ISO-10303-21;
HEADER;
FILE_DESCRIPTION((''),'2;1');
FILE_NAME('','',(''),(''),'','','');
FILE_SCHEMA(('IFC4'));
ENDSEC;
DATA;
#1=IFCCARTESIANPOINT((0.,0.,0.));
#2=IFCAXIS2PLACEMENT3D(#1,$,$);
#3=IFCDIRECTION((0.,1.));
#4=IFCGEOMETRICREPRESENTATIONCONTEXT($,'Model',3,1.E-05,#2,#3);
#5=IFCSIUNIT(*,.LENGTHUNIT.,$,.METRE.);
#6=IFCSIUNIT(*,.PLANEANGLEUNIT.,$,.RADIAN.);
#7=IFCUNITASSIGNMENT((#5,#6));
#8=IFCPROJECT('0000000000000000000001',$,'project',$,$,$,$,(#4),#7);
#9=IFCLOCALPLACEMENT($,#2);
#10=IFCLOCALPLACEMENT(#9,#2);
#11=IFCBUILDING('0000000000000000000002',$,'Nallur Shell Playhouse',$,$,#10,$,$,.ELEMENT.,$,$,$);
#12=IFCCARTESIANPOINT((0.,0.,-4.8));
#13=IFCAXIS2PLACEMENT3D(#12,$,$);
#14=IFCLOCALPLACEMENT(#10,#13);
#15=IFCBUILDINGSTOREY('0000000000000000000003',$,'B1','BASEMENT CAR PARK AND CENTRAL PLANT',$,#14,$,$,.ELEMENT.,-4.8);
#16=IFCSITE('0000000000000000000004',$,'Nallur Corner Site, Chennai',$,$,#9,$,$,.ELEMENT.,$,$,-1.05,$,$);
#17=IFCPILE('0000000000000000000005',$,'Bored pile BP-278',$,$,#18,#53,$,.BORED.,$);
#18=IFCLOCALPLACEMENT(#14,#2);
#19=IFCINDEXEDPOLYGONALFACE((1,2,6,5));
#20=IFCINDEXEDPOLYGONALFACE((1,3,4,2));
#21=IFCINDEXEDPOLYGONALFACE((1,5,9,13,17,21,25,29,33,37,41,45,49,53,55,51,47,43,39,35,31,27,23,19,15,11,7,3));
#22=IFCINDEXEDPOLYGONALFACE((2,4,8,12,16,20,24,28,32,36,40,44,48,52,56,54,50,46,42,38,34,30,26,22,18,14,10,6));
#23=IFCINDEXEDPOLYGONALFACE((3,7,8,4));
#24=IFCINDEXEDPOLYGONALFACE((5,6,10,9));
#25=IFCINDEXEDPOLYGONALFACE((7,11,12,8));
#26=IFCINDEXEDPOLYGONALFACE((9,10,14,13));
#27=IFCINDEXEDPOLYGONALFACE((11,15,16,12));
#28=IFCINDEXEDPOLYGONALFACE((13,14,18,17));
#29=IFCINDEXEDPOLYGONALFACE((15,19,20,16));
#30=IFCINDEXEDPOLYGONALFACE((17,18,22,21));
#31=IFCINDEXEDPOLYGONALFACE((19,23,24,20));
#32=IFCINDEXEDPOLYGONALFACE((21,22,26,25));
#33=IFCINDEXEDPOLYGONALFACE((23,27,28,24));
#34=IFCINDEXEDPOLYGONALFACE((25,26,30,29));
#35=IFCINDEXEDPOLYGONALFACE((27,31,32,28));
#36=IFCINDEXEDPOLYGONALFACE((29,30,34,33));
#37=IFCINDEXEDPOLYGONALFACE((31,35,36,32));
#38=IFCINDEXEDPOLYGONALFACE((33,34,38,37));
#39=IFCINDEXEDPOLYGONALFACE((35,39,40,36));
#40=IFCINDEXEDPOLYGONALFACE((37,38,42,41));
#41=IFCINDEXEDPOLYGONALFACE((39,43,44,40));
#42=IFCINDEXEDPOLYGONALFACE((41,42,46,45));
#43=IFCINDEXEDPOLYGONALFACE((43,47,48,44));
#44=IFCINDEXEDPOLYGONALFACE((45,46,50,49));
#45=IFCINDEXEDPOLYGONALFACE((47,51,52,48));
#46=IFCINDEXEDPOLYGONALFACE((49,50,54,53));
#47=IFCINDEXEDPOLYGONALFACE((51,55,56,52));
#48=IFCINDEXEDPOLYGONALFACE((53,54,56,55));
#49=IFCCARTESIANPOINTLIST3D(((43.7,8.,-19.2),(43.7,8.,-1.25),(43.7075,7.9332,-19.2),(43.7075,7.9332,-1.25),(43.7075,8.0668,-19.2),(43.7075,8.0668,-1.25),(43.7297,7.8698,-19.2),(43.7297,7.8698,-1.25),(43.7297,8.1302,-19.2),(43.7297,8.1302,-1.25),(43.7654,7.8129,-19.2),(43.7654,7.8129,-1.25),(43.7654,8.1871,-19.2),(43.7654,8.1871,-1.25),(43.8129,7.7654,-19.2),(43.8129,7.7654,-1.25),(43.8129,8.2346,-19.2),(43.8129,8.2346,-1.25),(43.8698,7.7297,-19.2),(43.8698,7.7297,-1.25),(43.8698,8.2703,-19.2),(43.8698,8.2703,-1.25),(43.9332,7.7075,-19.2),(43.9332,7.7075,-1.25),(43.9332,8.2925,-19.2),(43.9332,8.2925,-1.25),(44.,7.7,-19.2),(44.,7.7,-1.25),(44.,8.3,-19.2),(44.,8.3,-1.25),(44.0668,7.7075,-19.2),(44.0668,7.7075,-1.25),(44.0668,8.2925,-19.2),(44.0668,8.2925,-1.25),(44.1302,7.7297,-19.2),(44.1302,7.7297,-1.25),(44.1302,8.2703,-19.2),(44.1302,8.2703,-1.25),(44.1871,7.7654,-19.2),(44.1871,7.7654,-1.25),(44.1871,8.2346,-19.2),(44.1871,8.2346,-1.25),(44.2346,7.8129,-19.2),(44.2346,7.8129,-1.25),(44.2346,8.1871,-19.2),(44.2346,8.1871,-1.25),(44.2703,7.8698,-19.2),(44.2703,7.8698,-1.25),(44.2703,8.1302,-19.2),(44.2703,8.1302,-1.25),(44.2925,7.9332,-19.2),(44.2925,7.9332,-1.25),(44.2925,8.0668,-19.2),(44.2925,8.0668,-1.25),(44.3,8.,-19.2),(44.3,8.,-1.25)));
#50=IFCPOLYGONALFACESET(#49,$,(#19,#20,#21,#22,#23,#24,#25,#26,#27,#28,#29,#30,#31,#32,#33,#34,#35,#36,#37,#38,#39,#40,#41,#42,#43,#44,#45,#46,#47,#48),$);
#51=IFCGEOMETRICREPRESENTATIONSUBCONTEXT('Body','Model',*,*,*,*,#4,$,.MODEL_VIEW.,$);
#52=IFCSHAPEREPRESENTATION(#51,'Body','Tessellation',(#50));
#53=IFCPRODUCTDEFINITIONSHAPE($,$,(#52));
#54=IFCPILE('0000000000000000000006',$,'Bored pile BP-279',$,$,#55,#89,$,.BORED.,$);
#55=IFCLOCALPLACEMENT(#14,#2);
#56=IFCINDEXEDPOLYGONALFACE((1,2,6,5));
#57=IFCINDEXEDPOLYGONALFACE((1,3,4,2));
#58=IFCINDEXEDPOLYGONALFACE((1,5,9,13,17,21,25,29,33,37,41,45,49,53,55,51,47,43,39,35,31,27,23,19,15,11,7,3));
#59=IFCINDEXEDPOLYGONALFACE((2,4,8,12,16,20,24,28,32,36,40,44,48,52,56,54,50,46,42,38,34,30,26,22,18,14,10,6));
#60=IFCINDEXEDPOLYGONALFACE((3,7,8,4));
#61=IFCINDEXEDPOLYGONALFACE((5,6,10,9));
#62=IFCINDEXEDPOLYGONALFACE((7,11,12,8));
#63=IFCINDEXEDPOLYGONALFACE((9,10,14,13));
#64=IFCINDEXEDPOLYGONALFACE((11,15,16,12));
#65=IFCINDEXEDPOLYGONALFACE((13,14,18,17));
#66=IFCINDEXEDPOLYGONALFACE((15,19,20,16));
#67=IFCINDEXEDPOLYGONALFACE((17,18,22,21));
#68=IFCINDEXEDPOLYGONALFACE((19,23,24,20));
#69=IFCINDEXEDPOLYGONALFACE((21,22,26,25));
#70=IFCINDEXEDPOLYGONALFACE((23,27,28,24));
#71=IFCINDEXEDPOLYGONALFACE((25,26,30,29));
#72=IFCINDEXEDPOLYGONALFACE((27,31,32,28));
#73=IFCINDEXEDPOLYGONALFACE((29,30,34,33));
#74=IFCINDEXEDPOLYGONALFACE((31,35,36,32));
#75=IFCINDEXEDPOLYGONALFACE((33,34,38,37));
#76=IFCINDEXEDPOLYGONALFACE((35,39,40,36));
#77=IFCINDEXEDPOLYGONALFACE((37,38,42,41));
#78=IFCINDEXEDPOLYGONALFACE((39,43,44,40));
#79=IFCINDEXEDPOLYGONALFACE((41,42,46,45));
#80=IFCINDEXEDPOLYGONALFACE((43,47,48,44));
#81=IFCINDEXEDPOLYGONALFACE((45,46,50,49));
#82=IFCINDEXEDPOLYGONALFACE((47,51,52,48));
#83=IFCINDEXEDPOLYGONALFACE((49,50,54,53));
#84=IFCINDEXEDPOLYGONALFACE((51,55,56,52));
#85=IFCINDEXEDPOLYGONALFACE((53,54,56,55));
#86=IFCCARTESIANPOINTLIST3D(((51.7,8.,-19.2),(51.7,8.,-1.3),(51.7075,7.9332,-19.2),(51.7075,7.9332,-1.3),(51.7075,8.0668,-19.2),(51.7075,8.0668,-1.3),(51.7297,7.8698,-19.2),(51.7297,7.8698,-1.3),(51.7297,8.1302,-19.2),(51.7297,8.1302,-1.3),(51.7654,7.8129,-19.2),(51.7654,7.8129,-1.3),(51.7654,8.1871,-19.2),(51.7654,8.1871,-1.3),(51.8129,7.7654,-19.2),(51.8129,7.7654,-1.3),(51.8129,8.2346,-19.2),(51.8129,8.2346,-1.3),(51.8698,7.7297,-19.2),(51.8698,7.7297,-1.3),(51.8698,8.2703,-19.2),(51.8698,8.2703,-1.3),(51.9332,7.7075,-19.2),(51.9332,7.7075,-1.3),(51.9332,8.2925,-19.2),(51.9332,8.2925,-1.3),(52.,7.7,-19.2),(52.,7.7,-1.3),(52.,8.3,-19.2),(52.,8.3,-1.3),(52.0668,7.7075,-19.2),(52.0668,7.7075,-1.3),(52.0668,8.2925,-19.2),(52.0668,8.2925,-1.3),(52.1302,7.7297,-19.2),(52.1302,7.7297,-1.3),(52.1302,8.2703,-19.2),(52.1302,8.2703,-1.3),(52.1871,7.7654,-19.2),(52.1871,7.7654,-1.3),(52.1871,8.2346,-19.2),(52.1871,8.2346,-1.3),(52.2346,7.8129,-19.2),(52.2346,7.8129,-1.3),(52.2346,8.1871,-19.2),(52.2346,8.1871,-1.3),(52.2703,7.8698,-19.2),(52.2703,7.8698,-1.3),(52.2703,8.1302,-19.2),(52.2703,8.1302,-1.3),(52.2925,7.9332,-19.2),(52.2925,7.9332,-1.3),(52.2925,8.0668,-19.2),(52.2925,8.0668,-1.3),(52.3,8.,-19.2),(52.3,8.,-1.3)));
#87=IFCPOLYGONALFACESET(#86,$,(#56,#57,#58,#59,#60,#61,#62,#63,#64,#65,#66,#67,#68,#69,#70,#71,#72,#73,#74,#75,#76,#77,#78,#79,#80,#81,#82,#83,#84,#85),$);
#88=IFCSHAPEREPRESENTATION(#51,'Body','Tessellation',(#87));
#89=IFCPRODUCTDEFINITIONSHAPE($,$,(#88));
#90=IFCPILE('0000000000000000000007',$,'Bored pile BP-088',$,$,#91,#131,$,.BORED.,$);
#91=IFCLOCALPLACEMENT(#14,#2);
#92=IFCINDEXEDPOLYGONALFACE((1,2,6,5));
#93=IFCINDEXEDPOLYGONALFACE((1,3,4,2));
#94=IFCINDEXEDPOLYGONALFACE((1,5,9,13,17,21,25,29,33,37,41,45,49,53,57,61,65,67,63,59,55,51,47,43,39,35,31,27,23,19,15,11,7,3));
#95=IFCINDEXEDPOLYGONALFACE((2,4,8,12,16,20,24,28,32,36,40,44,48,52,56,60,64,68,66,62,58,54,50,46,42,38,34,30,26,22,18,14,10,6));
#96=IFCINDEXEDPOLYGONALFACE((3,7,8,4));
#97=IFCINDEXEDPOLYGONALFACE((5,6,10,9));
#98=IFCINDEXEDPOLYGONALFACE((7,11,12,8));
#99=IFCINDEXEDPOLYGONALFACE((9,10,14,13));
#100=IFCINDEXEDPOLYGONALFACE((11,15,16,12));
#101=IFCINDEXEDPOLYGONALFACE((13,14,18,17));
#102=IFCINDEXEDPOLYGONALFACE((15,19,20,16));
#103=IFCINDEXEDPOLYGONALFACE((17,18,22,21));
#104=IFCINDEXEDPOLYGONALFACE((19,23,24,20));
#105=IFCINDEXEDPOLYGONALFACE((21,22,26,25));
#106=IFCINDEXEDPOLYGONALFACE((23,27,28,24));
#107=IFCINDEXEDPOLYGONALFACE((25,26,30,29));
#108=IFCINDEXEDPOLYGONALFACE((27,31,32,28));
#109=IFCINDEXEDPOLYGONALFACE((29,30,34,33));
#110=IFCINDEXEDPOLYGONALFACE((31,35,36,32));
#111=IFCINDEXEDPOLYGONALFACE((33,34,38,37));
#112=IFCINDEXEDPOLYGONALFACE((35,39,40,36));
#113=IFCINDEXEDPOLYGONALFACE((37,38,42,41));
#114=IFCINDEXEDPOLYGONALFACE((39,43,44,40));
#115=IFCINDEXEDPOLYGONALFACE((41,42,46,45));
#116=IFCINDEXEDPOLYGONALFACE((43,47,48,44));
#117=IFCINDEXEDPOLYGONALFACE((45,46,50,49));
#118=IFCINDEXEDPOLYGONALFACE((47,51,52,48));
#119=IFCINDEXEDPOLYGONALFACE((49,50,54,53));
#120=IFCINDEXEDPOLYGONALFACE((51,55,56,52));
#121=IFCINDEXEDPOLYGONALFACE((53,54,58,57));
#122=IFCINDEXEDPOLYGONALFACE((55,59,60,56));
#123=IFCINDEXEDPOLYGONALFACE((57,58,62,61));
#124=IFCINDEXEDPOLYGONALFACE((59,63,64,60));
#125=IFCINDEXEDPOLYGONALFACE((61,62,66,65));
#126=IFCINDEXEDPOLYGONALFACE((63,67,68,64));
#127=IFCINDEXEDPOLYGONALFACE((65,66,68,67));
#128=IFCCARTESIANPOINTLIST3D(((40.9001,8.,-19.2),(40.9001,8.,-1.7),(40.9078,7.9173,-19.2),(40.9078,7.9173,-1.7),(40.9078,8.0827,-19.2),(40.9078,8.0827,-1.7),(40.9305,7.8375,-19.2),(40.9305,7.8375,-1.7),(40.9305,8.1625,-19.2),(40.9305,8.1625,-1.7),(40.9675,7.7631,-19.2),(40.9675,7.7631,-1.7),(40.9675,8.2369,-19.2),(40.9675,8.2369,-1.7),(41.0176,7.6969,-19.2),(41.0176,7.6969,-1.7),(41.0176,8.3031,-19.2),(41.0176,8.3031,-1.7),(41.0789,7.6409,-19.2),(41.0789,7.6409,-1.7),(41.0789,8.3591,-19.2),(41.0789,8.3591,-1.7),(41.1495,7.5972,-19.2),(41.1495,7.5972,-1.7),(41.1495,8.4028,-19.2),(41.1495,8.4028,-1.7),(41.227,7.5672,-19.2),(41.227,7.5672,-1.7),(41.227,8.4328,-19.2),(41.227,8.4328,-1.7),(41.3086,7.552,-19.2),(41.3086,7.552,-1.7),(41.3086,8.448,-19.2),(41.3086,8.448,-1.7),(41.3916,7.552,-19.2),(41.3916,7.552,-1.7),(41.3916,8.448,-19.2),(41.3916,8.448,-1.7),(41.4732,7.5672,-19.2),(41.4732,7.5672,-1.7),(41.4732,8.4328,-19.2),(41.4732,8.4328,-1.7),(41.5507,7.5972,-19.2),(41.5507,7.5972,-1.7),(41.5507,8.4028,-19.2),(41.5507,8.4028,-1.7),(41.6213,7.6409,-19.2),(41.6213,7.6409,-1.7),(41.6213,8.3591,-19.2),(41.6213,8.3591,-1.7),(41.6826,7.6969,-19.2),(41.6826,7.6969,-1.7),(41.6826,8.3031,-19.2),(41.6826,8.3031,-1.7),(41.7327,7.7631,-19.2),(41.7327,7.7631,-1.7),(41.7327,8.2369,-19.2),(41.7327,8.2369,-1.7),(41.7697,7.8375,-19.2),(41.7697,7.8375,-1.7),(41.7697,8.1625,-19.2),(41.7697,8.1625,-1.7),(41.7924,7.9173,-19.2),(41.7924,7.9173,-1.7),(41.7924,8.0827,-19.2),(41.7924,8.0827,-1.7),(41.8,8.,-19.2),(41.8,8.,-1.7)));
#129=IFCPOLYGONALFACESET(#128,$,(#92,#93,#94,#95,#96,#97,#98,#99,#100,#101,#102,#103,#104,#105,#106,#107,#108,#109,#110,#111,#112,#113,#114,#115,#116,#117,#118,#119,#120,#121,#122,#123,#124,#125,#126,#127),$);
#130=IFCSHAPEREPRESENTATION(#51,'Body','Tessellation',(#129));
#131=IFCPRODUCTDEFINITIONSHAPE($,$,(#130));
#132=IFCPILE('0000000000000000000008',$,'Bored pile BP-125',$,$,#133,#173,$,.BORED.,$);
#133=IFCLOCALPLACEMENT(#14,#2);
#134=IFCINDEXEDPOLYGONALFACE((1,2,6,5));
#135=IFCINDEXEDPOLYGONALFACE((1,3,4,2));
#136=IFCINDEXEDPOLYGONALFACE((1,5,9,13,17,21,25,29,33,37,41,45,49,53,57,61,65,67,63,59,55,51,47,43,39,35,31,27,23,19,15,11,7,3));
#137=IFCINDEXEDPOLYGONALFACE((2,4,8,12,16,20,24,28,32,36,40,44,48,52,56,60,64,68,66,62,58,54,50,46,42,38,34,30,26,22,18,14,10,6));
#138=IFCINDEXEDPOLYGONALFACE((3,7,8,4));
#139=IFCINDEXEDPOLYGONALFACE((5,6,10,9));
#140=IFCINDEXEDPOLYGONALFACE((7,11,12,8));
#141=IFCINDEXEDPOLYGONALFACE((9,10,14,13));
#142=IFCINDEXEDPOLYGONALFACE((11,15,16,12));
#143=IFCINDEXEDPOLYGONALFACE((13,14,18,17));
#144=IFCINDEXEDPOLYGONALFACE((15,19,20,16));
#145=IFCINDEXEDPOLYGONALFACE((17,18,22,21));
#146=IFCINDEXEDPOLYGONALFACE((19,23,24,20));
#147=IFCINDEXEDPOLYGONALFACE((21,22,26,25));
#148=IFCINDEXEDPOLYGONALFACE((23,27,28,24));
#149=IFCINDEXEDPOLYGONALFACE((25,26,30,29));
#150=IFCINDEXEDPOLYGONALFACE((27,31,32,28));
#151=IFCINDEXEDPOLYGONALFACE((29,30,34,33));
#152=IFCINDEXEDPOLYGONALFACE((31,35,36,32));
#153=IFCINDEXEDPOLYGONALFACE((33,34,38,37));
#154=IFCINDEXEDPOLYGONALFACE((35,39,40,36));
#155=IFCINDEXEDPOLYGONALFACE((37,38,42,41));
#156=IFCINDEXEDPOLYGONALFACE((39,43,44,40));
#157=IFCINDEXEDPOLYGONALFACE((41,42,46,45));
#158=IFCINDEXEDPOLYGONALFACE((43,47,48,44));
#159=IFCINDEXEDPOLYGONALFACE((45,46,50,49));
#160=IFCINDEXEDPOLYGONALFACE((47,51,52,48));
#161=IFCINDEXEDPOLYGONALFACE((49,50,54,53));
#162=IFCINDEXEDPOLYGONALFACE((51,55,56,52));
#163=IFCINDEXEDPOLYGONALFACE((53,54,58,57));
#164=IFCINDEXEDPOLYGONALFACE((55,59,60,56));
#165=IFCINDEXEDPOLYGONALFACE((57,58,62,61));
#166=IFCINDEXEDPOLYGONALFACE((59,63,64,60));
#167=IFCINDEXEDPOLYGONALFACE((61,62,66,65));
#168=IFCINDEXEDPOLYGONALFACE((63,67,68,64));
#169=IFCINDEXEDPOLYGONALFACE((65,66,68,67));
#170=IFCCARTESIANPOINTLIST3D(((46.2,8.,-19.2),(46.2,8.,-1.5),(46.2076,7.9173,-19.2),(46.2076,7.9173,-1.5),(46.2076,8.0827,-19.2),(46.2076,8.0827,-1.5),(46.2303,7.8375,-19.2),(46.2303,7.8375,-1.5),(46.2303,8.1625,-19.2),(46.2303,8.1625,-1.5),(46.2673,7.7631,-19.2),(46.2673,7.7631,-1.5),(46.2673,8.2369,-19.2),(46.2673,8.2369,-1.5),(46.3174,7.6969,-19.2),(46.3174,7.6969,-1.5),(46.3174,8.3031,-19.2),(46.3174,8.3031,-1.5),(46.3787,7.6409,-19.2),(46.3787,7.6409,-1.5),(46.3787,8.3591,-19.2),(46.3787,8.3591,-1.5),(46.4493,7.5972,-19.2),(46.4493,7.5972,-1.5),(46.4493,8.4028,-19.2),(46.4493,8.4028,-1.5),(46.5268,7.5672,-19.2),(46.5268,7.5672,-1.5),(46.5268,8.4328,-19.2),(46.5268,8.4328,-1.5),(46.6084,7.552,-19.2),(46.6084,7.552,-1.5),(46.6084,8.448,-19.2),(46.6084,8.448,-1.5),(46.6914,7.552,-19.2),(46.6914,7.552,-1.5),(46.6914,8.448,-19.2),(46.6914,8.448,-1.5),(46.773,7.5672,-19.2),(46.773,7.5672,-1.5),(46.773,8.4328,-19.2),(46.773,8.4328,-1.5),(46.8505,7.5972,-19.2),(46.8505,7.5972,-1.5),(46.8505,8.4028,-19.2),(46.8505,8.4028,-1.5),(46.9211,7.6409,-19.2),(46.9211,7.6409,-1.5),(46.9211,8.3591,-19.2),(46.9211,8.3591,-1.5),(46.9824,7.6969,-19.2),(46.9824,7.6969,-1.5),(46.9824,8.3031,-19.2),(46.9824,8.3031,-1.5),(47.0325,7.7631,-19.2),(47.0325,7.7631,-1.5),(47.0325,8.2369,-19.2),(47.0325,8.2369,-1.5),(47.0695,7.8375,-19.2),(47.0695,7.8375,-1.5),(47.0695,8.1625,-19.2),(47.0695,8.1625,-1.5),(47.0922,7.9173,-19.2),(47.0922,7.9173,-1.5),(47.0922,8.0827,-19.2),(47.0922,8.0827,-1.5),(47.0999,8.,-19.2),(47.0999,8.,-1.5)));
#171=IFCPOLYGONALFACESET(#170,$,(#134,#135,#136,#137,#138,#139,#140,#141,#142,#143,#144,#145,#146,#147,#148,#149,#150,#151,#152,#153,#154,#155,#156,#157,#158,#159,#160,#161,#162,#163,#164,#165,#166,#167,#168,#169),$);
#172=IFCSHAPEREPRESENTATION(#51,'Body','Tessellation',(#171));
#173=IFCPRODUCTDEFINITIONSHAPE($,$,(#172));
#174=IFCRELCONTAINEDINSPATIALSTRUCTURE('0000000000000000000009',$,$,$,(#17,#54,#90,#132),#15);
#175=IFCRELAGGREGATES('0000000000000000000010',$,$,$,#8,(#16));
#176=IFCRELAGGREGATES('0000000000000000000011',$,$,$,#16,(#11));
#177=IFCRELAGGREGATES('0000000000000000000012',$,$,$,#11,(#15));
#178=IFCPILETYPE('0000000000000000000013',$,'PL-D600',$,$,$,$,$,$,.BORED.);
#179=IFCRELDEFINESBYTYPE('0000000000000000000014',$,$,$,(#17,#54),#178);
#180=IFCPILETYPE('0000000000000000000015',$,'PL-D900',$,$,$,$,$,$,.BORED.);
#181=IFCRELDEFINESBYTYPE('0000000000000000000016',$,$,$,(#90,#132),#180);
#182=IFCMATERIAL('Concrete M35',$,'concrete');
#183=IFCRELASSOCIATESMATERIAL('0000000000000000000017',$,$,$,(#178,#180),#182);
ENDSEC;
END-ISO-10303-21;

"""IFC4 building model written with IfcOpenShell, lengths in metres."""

from ifc_helpers import new_model, si_unit, direction, frame, origin, origin_2d, place, context, subcontext, project, spatial, circle, extrude, material, material_profile, profile_set, type_object, element, save


model = new_model("IFC4")

# Units and contexts
model_context = context("Model", 3, precision=1e-05, world=origin(), true_north=direction((0.0, 1.0)))
body_context = subcontext(model_context, "Body", "Model", "MODEL_VIEW")
ifc_project = project(units=[si_unit("LENGTHUNIT", "METRE"), si_unit("PLANEANGLEUNIT", "RADIAN")], contexts=[model_context])

# Site, building, storey
site_placement = place(None, origin())
site = spatial("IfcSite", under=ifc_project, at=site_placement, Name="Nallur Corner Site, Chennai", CompositionType="ELEMENT", RefElevation=-1.05)
building_placement = place(site_placement, origin())
building = spatial("IfcBuilding", under=site, at=building_placement, Name="Nallur Shell Playhouse", CompositionType="ELEMENT")
storey_placement = place(building_placement, frame((0.0, 0.0, -4.8)))
storey = spatial("IfcBuildingStorey", under=building, at=storey_placement, Name="B1", Description="BASEMENT CAR PARK AND CENTRAL PLANT", CompositionType="ELEMENT", Elevation=-4.8)

# Shared definitions
ifc_material_1 = material(Name="Concrete M35", Category="concrete")

# Piles
ifc_material_profile_1 = material_profile(ifc_material_1, circle(Radius=0.3, at=origin_2d()), Name="BORED PILE D600")
ifc_profile_set_1 = profile_set([ifc_material_profile_1], Name="Concrete M35")
pile_type_1 = type_object("IfcPileType", Name="PL-D600", PredefinedType="BORED", material=ifc_profile_set_1)
pile_1_placement = place(storey_placement, frame((44.0, 8.0, -1.25), z_axis=(0.0, 0.0, -1.0), x_axis=(1.0, 0.0, 0.0)))
element("IfcPile", 1, at=pile_1_placement, inside=storey, type_object=pile_type_1, Name="Bored pile BP-278", PredefinedType="BORED", context=body_context, shape_type="SweptSolid", body=[
    extrude(circle(Radius=0.3, at=origin_2d()), origin(), (0.0, 0.0, 1.0), 17.95),
])
pile_2_placement = place(storey_placement, frame((52.0, 8.0, -1.3), z_axis=(0.0, 0.0, -1.0), x_axis=(1.0, 0.0, 0.0)))
element("IfcPile", 2, at=pile_2_placement, inside=storey, type_object=pile_type_1, Name="Bored pile BP-279", PredefinedType="BORED", context=body_context, shape_type="SweptSolid", body=[
    extrude(circle(Radius=0.3, at=origin_2d()), origin(), (0.0, 0.0, 1.0), 17.8999),
])
ifc_material_profile_2 = material_profile(ifc_material_1, circle(Radius=0.45, at=origin_2d()), Name="BORED PILE D900")
ifc_profile_set_2 = profile_set([ifc_material_profile_2], Name="Concrete M35")
pile_type_2 = type_object("IfcPileType", Name="PL-D900", PredefinedType="BORED", material=ifc_profile_set_2)
pile_3_placement = place(storey_placement, frame((41.3501, 8.0, -1.7), z_axis=(0.0, 0.0, -1.0), x_axis=(1.0, 0.0, 0.0)))
element("IfcPile", 3, at=pile_3_placement, inside=storey, type_object=pile_type_2, Name="Bored pile BP-088", PredefinedType="BORED", context=body_context, shape_type="SweptSolid", body=[
    extrude(circle(Radius=0.45, at=origin_2d()), origin(), (0.0, 0.0, 1.0), 17.5),
])
for number, where, z_axis, x_axis, name in (
    (4, (46.6499, 8.0, -1.5), (0.0, 0.0, -1.0), (1.0, 0.0, 0.0), "Bored pile BP-125"),
):
    element("IfcPile", number, at=place(storey_placement, frame(where, z_axis=z_axis, x_axis=x_axis)), inside=storey, type_object=pile_type_2, Name=name, PredefinedType="BORED", context=body_context, shape_type="SweptSolid", body=[
        extrude(circle(Radius=0.45, at=origin_2d()), origin(), (0.0, 0.0, 1.0), 17.7),
    ])

save(model, "model.ifc")
